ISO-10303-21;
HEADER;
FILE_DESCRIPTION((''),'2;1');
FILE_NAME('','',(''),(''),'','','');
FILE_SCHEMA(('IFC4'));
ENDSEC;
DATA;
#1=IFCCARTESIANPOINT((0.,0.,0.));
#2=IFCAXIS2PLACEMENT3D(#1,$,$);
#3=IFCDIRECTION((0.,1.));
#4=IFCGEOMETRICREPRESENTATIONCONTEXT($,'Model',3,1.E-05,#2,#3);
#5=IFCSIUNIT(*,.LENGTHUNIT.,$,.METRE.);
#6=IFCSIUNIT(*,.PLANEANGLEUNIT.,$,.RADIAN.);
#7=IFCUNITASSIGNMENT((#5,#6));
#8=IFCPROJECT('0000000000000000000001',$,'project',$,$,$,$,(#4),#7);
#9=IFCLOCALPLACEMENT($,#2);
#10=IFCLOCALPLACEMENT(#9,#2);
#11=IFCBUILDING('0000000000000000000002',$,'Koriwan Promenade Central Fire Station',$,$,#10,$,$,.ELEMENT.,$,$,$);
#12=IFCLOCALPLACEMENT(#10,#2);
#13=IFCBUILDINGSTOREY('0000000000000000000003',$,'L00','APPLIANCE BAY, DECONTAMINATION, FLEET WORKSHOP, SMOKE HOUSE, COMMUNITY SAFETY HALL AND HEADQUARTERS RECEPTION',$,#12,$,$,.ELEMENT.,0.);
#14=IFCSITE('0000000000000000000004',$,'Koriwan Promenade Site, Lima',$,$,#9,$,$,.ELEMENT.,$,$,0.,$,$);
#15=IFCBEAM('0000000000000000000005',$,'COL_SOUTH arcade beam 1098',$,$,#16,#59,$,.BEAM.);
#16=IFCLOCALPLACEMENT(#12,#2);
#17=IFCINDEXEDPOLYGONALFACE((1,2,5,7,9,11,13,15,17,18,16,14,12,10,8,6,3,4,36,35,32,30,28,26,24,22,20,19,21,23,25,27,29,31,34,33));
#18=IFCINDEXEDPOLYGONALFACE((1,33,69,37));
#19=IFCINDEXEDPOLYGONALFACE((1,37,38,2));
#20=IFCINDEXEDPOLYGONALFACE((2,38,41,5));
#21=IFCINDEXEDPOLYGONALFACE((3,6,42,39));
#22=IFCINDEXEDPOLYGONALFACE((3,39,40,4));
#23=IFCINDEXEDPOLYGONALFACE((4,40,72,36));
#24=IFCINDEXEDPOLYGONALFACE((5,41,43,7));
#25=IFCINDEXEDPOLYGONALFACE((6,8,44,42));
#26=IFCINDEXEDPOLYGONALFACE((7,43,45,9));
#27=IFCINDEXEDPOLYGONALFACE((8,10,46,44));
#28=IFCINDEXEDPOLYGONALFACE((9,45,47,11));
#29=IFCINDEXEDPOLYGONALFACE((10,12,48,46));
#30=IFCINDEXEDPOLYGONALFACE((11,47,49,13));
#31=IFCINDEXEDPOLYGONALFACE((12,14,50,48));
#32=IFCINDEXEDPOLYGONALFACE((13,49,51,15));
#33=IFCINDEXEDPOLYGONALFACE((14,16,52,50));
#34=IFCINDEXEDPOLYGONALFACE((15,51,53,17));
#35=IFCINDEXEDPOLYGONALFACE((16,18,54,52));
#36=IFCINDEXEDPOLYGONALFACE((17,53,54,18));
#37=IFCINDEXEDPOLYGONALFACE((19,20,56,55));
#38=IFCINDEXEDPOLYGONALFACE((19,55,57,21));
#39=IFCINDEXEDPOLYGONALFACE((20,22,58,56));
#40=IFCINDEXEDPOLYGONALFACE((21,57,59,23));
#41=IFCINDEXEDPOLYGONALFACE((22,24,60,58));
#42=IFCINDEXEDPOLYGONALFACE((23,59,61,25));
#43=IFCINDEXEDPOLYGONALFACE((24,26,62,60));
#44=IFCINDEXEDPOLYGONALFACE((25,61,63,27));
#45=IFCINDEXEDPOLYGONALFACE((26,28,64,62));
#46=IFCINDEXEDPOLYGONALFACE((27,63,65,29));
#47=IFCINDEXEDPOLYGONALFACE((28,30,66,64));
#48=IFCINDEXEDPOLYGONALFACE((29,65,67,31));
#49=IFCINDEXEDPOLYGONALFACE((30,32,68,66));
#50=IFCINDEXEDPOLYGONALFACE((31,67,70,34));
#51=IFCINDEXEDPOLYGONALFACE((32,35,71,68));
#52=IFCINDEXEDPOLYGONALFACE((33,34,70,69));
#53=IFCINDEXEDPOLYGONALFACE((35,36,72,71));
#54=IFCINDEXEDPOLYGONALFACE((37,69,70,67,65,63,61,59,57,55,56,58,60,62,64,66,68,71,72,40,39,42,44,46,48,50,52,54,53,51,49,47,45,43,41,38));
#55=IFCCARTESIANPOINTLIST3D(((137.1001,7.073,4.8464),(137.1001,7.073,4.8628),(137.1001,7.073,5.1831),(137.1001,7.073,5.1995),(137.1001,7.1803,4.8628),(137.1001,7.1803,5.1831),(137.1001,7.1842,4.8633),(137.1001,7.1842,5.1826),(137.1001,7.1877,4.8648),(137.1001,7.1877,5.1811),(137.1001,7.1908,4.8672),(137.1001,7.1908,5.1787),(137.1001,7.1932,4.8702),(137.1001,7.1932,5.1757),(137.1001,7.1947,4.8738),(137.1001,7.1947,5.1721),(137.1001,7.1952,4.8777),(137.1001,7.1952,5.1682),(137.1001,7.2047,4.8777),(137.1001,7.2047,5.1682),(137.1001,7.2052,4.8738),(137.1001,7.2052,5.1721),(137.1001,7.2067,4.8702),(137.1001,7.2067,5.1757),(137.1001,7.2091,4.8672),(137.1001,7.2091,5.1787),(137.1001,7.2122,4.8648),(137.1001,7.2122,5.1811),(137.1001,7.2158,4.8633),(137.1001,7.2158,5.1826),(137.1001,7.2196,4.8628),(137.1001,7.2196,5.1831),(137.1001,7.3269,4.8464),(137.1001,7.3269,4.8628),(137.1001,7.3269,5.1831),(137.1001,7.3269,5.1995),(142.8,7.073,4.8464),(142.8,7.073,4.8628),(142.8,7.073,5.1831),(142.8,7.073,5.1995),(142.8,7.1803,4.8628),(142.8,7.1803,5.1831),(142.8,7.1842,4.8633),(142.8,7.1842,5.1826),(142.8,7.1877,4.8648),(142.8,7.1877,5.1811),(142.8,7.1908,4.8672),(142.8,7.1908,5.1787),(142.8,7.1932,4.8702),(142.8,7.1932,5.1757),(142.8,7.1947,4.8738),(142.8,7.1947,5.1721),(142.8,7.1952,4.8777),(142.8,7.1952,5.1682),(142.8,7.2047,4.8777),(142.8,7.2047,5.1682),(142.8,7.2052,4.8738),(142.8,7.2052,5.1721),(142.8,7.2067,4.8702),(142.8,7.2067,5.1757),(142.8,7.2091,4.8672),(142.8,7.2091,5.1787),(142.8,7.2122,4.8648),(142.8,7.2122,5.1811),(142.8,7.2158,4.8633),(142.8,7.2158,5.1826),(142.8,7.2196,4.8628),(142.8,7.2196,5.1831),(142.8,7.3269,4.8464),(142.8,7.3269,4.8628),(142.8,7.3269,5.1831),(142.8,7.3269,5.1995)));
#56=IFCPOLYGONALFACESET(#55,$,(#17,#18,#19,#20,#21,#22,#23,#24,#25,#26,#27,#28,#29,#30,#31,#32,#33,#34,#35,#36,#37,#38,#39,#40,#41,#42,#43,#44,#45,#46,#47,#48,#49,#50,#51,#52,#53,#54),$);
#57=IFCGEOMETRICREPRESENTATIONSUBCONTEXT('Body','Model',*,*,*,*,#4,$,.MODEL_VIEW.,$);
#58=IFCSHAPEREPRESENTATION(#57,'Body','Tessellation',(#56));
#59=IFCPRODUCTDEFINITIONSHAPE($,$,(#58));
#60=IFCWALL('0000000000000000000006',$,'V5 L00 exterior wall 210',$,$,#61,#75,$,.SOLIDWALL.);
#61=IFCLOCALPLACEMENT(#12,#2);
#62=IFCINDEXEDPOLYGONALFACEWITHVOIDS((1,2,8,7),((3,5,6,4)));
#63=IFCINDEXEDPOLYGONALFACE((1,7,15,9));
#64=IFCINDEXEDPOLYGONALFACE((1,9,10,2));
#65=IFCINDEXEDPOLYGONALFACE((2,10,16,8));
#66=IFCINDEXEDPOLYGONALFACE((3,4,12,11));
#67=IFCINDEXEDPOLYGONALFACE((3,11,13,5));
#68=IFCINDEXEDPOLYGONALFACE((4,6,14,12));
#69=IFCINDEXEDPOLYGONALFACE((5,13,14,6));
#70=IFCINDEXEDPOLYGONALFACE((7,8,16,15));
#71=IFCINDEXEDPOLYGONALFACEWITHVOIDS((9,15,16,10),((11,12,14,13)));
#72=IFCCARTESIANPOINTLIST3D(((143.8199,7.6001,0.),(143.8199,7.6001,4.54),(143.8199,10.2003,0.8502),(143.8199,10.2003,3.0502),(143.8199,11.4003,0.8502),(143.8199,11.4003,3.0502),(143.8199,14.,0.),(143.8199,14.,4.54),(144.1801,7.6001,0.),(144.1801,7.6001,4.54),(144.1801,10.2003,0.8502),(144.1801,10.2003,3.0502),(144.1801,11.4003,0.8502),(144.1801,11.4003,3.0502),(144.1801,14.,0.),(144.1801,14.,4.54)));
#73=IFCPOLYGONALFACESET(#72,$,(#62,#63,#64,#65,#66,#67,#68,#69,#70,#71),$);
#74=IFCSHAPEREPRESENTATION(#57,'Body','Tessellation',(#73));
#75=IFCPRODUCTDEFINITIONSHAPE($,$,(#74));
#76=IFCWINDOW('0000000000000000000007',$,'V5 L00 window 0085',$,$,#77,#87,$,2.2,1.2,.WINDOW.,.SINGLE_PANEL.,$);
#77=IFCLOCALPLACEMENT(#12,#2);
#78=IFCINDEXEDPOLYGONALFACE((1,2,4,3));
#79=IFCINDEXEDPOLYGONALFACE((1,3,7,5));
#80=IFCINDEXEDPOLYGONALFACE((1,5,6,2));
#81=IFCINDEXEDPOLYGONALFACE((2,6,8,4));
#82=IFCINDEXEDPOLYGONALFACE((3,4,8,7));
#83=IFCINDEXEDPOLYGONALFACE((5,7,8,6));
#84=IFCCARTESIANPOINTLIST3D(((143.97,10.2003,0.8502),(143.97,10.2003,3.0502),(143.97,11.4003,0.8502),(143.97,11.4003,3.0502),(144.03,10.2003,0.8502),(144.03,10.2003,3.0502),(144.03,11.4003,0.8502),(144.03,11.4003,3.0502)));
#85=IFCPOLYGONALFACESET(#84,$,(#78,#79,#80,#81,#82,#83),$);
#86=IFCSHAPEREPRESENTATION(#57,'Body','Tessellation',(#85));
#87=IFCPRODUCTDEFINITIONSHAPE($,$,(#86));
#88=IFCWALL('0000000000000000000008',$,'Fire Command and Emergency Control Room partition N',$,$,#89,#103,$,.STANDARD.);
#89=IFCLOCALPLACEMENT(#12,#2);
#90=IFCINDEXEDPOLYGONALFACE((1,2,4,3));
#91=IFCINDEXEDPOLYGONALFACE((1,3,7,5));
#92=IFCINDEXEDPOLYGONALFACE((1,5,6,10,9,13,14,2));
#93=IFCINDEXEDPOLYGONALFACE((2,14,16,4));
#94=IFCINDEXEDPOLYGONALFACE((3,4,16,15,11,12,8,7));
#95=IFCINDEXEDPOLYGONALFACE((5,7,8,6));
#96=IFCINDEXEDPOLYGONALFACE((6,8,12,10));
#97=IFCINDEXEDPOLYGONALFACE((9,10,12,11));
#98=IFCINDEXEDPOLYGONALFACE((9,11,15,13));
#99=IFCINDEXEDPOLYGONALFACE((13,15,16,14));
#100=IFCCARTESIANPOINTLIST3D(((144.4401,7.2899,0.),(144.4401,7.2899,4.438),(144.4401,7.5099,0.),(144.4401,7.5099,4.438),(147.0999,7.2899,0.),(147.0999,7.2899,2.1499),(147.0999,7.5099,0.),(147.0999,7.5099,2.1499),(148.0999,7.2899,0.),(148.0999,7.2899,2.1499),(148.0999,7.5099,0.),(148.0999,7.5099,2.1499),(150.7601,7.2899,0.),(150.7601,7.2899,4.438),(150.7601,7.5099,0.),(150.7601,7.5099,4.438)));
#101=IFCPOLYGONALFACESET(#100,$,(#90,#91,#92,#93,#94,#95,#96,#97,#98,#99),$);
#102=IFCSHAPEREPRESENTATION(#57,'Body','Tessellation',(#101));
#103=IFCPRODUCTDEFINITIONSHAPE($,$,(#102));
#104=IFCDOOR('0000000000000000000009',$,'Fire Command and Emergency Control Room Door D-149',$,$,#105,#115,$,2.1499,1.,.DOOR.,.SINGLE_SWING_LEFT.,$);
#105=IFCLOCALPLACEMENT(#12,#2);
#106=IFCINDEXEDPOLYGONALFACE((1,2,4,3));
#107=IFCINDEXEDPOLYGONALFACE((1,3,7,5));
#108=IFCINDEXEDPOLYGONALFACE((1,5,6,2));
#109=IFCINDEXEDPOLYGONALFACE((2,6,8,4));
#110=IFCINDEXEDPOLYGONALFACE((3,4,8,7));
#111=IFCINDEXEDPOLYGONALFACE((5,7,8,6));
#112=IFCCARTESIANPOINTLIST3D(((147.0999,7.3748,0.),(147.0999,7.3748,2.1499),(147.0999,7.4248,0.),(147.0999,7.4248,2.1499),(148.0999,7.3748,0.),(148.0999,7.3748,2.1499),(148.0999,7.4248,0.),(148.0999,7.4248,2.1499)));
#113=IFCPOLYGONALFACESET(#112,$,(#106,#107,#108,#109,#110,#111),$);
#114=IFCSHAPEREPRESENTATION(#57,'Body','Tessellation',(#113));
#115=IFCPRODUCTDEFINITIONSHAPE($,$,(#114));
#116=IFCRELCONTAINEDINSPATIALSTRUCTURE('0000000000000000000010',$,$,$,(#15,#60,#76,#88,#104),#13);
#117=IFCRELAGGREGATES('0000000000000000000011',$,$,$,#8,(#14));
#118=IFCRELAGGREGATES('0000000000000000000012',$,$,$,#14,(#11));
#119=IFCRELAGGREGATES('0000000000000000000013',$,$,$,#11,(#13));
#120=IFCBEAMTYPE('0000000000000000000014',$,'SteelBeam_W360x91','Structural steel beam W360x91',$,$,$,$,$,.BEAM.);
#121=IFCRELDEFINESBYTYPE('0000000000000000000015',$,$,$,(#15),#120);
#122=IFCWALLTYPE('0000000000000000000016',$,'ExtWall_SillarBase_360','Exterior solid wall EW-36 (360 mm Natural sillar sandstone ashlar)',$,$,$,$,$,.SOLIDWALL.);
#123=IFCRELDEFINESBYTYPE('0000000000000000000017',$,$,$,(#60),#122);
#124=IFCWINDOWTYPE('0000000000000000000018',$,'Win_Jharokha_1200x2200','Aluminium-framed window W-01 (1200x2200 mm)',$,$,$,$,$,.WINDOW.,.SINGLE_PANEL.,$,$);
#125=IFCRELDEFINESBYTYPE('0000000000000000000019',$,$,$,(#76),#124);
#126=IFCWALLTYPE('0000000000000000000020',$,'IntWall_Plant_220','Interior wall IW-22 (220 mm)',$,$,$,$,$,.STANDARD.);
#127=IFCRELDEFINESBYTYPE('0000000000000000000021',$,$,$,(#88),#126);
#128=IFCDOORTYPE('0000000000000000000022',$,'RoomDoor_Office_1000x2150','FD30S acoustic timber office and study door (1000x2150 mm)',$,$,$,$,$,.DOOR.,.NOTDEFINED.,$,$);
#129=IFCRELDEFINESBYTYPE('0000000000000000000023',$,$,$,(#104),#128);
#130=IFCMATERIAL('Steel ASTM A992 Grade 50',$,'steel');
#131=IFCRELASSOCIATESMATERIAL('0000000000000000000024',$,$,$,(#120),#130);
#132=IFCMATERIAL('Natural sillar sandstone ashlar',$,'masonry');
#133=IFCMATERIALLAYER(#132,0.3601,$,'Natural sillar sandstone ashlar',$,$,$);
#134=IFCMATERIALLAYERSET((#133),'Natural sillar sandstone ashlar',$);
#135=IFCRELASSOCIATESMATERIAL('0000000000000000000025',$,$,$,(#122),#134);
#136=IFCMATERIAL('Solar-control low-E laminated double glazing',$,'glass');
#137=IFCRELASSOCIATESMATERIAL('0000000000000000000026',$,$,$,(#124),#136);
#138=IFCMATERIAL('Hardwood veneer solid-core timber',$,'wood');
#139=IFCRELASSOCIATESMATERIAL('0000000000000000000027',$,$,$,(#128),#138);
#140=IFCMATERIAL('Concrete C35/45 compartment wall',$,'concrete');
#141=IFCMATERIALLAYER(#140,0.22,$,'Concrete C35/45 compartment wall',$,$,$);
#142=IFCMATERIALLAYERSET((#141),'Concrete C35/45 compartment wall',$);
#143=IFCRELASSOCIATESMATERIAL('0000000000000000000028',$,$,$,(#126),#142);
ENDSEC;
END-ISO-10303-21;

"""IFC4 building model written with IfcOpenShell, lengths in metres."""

from ifc_helpers import new_model, si_unit, direction, frame, frame_2d, origin, origin_2d, place, context, subcontext, project, spatial, rectangle, i_section, extrude, material, layer, layer_set, material_profile, profile_set, type_object, element, fill, save


model = new_model("IFC4")

# Units and contexts
model_context = context("Model", 3, precision=1e-05, world=origin(), true_north=direction((0.0, 1.0)))
body_context = subcontext(model_context, "Body", "Model", "MODEL_VIEW")
ifc_project = project(units=[si_unit("LENGTHUNIT", "METRE"), si_unit("PLANEANGLEUNIT", "RADIAN")], contexts=[model_context])

# Site, building, storey
site_placement = place(None, origin())
site = spatial("IfcSite", under=ifc_project, at=site_placement, Name="Koriwan Promenade Site, Lima", CompositionType="ELEMENT", RefElevation=0.0)
building_placement = place(site_placement, origin())
building = spatial("IfcBuilding", under=site, at=building_placement, Name="Koriwan Promenade Central Fire Station", CompositionType="ELEMENT")
storey_placement = place(building_placement, origin())
storey = spatial("IfcBuildingStorey", under=building, at=storey_placement, Name="L00", Description="APPLIANCE BAY, DECONTAMINATION, FLEET WORKSHOP, SMOKE HOUSE, COMMUNITY SAFETY HALL AND HEADQUARTERS RECEPTION", CompositionType="ELEMENT", Elevation=0.0)

# Beam
ifc_material_1 = material(Name="Steel ASTM A992 Grade 50", Category="steel")
ifc_material_profile_1 = material_profile(ifc_material_1, i_section(OverallWidth=0.2539, OverallDepth=0.353, WebThickness=0.0095, FlangeThickness=0.0164, FilletRadius=0.0149, at=origin_2d()), Name="W360x91")
ifc_profile_set_1 = profile_set([ifc_material_profile_1], Name="Steel ASTM A992 Grade 50")
beam_type_1 = type_object("IfcBeamType", Name="SteelBeam_W360x91", Description="Structural steel beam W360x91", PredefinedType="BEAM", material=ifc_profile_set_1)
beam_1_placement = place(storey_placement, frame((137.1001, 7.2, 5.0229), z_axis=(1.0, 0.0, 0.0), x_axis=(0.0, 1.0, 0.0)))
element("IfcBeam", 1, at=beam_1_placement, inside=storey, type_object=beam_type_1, Name="COL_SOUTH arcade beam 1098", PredefinedType="BEAM", context=body_context, shape_type="SweptSolid", body=[
    extrude(i_section(OverallWidth=0.2539, OverallDepth=0.353, WebThickness=0.0095, FlangeThickness=0.0164, FilletRadius=0.0149, at=origin_2d()), origin(), (0.0, 0.0, 1.0), 5.7),
])

# Wall, opening, window
ifc_material_2 = material(Name="Natural sillar sandstone ashlar", Category="masonry")
ifc_layer_1 = layer(ifc_material_2, 0.3601, Name="Natural sillar sandstone ashlar")
ifc_layer_set_1 = layer_set([ifc_layer_1], Name="Natural sillar sandstone ashlar")
wall_type_1 = type_object("IfcWallType", Name="ExtWall_SillarBase_360", Description="Exterior solid wall EW-36 (360 mm Natural sillar sandstone ashlar)", PredefinedType="SOLIDWALL", material=ifc_layer_set_1)
wall_1_placement = place(storey_placement, frame((144.0, 7.6001, 0.0), z_axis=(0.0, 0.0, 1.0), x_axis=(0.0, 1.0, 0.0)))
wall_1 = element("IfcWall", 2, at=wall_1_placement, inside=storey, type_object=wall_type_1, Name="V5 L00 exterior wall 210", PredefinedType="SOLIDWALL", context=body_context, shape_type="SweptSolid", body=[
    extrude(rectangle(XDim=6.3999, YDim=0.3601, at=frame_2d((3.2, 0.0))), origin(), (0.0, 0.0, 1.0), 4.54),
])
opening_1_placement = place(wall_1_placement, frame((2.6001, 0.0, 0.8501)))
opening_1 = element("IfcOpeningElement", 3, at=opening_1_placement, cuts=wall_1, PredefinedType="OPENING", context=body_context, shape_type="SweptSolid", body=[
    extrude(rectangle(XDim=1.2, YDim=2.2, at=frame_2d((0.6001, 1.1001))), frame((0.0, 0.1919, 0.0), z_axis=(0.0, -1.0, 0.0), x_axis=(1.0, 0.0, 0.0)), (0.0, 0.0, 1.0), 0.384),
])
ifc_material_3 = material(Name="Solar-control low-E laminated double glazing", Category="glass")
window_type = type_object("IfcWindowType", Name="Win_Jharokha_1200x2200", Description="Aluminium-framed window W-01 (1200x2200 mm)", PartitioningType="SINGLE_PANEL", PredefinedType="WINDOW", material=ifc_material_3)
window_placement = place(opening_1_placement, origin())
window = element("IfcWindow", 4, at=window_placement, inside=storey, type_object=window_type, Name="V5 L00 window 0085", OverallHeight=2.2, OverallWidth=1.2, PartitioningType="SINGLE_PANEL", PredefinedType="WINDOW", context=body_context, shape_type="SweptSolid", body=[
    extrude(rectangle(XDim=1.2, YDim=2.2, at=frame_2d((0.6001, 1.1001))), frame((0.0, 0.03, 0.0), z_axis=(0.0, -1.0, 0.0), x_axis=(1.0, 0.0, 0.0)), (0.0, 0.0, 1.0), 0.0601),
])
fill(opening_1, window)

# Wall, opening, door
ifc_material_4 = material(Name="Hardwood veneer solid-core timber", Category="wood")
door_type = type_object("IfcDoorType", Name="RoomDoor_Office_1000x2150", Description="FD30S acoustic timber office and study door (1000x2150 mm)", OperationType="NOTDEFINED", PredefinedType="DOOR", material=ifc_material_4)
ifc_material_5 = material(Name="Concrete C35/45 compartment wall", Category="concrete")
ifc_layer_2 = layer(ifc_material_5, 0.22, Name="Concrete C35/45 compartment wall")
ifc_layer_set_2 = layer_set([ifc_layer_2], Name="Concrete C35/45 compartment wall")
wall_type_2 = type_object("IfcWallType", Name="IntWall_Plant_220", Description="Interior wall IW-22 (220 mm)", PredefinedType="STANDARD", material=ifc_layer_set_2)
wall_2_placement = place(storey_placement, frame((144.4399, 7.3999, 0.0), z_axis=(0.0, 0.0, 1.0), x_axis=(1.0, 0.0, 0.0)))
wall_2 = element("IfcWall", 5, at=wall_2_placement, inside=storey, type_object=wall_type_2, Name="Fire Command and Emergency Control Room partition N", PredefinedType="STANDARD", context=body_context, shape_type="SweptSolid", body=[
    extrude(rectangle(XDim=6.3201, YDim=0.22, at=frame_2d((3.1602, 0.0))), origin(), (0.0, 0.0, 1.0), 4.438),
])
opening_2_placement = place(wall_2_placement, frame((2.6599, 0.0, 0.0)))
opening_2 = element("IfcOpeningElement", 6, at=opening_2_placement, cuts=wall_2, PredefinedType="OPENING", context=body_context, shape_type="SweptSolid", body=[
    extrude(rectangle(XDim=1.0, YDim=2.1499, at=frame_2d((0.5, 1.075))), frame((0.0, 0.1221, 0.0), z_axis=(0.0, -1.0, 0.0), x_axis=(1.0, 0.0, 0.0)), (0.0, 0.0, 1.0), 0.2439),
])
door_1_placement = place(opening_2_placement, origin())
door_1 = element("IfcDoor", 7, at=door_1_placement, inside=storey, type_object=door_type, Name="Fire Command and Emergency Control Room Door D-149", OperationType="SINGLE_SWING_LEFT", OverallHeight=2.1499, OverallWidth=1.0, PredefinedType="DOOR", context=body_context, shape_type="SweptSolid", body=[
    extrude(rectangle(XDim=1.0, YDim=2.1499, at=frame_2d((0.5, 1.075))), frame((0.0, 0.0249, 0.0), z_axis=(0.0, -1.0, 0.0), x_axis=(1.0, 0.0, 0.0)), (0.0, 0.0, 1.0), 0.05),
])
fill(opening_2, door_1)

save(model, "model.ifc")
